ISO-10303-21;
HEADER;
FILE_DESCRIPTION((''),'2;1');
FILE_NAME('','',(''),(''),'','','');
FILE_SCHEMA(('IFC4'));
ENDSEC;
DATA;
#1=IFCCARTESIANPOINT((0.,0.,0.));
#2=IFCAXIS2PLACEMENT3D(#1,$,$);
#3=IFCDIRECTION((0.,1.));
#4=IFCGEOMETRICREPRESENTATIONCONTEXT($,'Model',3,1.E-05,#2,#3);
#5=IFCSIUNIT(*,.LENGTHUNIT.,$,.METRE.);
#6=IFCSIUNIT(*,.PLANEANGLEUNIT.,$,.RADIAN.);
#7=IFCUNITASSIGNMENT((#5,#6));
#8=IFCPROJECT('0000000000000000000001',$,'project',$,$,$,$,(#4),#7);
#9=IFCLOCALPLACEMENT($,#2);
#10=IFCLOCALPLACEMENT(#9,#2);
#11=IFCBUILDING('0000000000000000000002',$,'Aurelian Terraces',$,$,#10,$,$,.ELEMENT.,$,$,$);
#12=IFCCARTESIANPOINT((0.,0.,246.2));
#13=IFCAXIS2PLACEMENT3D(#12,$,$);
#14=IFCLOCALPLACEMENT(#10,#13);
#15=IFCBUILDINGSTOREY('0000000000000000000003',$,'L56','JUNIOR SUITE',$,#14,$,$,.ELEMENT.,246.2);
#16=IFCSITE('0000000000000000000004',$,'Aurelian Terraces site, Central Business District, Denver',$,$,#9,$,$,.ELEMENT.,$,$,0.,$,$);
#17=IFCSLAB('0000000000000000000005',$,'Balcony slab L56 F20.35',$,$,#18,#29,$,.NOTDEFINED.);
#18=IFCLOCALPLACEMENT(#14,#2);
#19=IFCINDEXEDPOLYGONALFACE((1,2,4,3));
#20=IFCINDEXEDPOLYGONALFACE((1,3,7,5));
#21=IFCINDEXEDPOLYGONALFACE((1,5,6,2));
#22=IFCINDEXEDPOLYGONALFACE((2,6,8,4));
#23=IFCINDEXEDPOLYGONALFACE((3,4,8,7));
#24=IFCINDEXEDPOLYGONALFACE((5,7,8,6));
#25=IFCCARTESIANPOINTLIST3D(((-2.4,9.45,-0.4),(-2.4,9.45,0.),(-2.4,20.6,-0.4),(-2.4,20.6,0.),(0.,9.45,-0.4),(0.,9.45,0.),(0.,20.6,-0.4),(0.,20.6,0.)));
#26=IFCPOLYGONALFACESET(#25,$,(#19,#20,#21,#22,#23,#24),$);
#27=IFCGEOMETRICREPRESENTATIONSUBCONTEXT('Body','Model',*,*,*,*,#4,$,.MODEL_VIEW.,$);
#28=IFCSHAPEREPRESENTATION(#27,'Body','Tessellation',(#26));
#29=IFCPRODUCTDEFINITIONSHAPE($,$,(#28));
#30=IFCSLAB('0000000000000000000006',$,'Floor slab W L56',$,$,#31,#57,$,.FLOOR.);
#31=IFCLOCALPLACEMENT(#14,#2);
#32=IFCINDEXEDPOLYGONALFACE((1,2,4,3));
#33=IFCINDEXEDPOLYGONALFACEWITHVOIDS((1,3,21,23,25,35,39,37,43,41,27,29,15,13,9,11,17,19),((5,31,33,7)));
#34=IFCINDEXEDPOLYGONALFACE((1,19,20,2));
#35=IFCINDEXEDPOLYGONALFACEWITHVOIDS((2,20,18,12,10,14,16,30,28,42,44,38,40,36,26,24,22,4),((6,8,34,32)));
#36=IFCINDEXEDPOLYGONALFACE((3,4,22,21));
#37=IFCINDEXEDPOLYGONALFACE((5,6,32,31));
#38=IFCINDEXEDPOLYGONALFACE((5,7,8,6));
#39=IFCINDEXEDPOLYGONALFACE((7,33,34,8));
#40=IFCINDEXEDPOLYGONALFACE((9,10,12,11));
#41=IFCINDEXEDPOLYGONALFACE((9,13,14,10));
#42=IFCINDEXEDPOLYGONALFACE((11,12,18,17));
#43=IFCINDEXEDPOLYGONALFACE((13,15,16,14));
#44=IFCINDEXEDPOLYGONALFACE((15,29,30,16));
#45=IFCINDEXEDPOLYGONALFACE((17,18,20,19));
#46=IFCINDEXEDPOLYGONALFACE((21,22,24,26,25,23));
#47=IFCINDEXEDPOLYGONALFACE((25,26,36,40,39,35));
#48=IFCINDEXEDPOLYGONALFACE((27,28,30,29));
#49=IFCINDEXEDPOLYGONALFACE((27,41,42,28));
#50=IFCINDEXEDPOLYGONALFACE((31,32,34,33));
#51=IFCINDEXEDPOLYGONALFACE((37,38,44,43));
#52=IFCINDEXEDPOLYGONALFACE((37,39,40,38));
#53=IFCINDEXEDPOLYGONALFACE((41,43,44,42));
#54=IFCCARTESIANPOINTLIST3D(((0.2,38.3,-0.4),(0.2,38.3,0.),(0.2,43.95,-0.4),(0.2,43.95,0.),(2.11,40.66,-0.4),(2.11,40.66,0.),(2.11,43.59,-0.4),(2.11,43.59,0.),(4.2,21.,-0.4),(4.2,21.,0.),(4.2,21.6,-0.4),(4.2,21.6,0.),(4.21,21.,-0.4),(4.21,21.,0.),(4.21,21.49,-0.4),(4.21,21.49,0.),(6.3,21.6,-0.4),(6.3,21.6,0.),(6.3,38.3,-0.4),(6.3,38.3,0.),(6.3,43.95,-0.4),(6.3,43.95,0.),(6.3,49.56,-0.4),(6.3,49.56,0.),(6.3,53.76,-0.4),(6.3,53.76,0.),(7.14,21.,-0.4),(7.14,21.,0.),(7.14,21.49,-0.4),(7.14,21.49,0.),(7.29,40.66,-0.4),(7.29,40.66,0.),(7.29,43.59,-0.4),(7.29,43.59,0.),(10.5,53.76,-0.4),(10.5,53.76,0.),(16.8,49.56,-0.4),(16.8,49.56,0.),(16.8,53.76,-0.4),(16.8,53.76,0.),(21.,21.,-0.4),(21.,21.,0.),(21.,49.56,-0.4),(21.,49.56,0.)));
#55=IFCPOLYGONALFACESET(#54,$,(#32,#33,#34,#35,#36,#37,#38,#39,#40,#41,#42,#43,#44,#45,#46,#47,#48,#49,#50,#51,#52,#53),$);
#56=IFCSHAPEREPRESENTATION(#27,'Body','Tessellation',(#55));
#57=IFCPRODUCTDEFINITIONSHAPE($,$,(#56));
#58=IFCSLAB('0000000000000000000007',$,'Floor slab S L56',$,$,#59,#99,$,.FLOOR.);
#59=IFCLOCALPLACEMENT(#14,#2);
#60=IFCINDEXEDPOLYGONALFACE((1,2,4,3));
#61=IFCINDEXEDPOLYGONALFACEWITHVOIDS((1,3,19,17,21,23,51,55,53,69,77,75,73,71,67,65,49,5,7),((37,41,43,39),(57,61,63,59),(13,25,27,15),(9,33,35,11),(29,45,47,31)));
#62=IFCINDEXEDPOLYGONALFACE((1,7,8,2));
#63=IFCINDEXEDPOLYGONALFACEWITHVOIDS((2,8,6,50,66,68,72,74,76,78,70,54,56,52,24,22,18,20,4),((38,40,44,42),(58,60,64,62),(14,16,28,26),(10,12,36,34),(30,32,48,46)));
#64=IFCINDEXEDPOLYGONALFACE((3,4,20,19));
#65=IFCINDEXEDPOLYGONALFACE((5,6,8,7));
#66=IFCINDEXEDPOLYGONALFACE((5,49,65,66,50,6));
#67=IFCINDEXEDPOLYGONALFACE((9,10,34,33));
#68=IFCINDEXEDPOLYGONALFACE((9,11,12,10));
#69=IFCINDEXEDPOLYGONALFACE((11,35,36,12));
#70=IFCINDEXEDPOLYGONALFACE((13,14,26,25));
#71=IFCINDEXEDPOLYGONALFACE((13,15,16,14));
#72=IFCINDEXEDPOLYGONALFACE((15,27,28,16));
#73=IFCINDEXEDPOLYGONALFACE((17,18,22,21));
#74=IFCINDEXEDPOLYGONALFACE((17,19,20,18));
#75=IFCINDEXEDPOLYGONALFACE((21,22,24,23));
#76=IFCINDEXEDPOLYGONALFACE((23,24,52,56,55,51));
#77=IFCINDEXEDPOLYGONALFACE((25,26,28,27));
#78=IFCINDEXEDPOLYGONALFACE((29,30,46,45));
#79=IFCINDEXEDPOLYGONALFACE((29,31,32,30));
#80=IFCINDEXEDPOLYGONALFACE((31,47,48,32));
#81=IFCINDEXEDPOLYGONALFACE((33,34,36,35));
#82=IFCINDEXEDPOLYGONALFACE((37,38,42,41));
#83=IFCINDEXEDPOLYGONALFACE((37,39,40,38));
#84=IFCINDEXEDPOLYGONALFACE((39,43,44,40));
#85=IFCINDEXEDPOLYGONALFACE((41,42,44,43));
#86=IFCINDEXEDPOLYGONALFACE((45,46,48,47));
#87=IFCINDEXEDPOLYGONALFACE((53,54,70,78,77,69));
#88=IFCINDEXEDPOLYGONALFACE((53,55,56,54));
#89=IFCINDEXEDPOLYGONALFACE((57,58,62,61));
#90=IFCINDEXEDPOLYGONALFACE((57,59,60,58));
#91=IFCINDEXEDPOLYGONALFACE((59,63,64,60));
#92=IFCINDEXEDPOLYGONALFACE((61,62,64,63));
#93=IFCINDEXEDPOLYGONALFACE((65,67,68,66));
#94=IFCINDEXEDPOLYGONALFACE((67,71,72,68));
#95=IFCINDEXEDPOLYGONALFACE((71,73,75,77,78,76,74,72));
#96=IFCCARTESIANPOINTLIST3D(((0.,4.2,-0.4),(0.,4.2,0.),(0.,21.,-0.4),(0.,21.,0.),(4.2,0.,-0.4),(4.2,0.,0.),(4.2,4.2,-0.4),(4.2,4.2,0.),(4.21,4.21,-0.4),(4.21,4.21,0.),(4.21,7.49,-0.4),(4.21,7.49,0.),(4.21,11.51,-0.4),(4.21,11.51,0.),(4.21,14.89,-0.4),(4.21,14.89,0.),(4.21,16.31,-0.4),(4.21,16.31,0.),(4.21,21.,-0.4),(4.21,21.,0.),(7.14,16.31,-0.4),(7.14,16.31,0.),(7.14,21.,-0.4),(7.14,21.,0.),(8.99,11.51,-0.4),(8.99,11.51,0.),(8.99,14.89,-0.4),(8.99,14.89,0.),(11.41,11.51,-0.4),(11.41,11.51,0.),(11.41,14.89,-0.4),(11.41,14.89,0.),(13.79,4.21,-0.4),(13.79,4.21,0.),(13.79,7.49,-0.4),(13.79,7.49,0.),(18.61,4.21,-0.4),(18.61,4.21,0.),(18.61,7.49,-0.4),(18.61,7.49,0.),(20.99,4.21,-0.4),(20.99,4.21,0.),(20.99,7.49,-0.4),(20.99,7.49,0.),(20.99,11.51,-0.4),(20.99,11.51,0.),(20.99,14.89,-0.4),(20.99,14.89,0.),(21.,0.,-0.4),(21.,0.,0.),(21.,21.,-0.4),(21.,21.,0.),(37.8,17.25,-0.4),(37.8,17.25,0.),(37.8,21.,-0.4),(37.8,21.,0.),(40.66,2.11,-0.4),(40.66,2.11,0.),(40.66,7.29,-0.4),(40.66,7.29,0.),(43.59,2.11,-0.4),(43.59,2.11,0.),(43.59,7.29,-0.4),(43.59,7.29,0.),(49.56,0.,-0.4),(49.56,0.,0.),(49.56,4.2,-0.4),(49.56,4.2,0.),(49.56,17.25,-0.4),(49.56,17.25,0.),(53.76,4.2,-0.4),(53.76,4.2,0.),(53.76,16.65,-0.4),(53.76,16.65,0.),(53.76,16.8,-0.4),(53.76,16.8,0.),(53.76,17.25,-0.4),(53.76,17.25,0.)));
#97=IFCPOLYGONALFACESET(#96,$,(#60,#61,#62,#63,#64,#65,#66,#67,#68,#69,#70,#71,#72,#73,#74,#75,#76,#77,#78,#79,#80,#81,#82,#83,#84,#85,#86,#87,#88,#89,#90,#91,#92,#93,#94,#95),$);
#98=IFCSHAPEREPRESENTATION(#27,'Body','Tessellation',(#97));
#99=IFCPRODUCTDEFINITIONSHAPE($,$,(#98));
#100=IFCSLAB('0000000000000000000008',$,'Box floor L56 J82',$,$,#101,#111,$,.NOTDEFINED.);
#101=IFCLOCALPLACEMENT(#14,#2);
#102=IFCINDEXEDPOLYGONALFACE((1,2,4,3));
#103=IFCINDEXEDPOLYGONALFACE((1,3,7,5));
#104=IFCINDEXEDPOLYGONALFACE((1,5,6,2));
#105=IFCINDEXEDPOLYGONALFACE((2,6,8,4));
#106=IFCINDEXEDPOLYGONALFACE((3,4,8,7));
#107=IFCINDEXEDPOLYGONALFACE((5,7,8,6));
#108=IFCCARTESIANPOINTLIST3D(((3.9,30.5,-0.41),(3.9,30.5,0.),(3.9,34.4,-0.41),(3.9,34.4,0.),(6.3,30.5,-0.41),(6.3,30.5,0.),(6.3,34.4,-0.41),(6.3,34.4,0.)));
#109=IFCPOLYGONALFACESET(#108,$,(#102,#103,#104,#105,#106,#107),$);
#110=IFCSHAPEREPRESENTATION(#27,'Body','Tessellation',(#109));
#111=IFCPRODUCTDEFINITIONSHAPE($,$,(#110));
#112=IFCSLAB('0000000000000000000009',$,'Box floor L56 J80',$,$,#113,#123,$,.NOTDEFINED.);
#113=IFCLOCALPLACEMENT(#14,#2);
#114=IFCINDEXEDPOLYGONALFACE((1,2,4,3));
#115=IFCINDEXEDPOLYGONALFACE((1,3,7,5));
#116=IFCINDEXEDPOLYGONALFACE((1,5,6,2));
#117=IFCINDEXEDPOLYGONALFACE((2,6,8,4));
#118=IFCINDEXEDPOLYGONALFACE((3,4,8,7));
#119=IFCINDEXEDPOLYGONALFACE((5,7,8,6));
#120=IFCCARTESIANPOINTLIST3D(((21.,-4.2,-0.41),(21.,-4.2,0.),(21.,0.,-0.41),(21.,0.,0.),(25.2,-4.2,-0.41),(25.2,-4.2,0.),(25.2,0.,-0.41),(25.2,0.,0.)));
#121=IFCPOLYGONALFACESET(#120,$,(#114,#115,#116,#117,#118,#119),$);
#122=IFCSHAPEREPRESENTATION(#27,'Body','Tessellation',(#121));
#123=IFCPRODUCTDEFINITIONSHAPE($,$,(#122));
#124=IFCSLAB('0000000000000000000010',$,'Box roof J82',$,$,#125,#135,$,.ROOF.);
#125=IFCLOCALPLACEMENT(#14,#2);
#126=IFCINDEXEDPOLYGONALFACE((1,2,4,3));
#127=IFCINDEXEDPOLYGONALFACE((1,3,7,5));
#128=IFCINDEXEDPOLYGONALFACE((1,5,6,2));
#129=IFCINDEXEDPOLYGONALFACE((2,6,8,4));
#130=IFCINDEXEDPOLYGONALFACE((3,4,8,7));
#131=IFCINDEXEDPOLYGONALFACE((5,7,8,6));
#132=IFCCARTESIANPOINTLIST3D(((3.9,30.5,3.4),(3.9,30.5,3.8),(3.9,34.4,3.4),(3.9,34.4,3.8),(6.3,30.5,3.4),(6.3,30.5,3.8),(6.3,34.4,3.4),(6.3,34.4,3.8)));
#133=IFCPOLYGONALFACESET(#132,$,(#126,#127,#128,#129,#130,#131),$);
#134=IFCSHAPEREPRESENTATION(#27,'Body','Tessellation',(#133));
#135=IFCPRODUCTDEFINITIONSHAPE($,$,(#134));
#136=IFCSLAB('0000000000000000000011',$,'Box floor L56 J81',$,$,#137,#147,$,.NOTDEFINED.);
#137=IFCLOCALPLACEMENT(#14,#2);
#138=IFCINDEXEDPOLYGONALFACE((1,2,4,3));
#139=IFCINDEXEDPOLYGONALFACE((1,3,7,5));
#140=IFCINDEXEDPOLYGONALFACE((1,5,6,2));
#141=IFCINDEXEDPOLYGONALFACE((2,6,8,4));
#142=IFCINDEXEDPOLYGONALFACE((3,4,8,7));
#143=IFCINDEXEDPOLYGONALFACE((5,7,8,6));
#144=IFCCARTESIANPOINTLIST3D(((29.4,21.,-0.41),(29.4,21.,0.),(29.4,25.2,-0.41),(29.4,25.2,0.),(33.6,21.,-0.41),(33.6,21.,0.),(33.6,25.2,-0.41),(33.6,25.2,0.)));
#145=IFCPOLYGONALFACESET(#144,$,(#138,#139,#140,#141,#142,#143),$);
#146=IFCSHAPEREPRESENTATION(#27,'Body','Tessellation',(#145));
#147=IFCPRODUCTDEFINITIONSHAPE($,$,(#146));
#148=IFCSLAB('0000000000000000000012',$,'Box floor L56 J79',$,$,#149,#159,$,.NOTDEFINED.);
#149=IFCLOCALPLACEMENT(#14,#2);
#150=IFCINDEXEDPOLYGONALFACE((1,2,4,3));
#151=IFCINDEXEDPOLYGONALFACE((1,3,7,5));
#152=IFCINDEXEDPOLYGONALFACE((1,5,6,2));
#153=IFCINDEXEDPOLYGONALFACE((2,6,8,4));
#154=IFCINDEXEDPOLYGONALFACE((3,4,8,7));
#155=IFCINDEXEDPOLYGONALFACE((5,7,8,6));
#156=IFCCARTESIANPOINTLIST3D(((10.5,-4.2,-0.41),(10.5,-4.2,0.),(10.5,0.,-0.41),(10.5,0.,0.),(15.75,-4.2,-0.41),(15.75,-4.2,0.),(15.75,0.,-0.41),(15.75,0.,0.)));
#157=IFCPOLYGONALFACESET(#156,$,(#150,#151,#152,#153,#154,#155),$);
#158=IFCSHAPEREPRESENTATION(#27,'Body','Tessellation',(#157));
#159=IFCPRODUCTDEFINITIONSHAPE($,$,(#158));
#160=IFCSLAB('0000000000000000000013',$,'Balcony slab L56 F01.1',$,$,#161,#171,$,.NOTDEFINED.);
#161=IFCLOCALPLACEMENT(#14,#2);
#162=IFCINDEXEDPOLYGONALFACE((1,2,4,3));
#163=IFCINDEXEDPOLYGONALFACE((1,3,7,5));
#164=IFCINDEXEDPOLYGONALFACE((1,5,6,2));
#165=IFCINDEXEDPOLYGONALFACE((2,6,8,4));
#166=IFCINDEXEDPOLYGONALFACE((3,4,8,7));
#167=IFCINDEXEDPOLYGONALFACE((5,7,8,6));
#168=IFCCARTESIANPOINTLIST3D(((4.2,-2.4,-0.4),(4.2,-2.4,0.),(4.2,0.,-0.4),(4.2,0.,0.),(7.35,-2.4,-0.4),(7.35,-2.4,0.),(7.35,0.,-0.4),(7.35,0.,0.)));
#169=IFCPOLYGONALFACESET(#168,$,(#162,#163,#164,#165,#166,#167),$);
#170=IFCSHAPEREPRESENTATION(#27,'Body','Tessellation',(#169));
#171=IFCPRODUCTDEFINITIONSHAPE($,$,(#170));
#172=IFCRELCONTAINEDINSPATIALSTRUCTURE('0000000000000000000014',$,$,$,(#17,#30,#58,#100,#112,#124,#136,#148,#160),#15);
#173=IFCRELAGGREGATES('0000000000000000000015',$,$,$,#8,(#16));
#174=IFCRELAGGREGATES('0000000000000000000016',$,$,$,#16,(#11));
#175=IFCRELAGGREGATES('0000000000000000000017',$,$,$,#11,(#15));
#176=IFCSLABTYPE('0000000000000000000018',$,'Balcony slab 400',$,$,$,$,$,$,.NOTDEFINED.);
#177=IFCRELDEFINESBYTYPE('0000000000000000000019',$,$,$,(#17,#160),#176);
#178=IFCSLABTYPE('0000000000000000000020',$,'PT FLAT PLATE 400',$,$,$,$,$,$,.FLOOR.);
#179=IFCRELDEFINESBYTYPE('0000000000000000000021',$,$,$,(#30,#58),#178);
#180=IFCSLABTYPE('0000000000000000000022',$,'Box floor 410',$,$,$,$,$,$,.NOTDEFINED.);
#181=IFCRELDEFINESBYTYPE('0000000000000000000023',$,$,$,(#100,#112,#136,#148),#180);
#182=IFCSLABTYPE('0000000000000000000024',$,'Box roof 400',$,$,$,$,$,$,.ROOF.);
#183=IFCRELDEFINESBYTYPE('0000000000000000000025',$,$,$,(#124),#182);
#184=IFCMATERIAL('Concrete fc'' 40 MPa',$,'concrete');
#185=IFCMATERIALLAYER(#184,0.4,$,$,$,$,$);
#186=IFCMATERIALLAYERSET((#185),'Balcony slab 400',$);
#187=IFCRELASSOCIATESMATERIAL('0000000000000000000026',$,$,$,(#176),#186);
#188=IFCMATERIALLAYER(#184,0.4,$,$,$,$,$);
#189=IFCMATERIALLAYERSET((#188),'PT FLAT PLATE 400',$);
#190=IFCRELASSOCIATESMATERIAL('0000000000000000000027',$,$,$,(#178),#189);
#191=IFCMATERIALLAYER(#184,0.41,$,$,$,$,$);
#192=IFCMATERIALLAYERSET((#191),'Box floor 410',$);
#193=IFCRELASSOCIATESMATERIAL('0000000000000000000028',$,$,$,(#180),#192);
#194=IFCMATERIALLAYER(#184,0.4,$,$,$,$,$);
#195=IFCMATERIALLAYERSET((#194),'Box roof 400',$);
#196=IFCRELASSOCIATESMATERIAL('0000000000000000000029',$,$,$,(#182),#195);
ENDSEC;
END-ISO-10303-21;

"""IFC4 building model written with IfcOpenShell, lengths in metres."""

from ifc_helpers import new_model, si_unit, direction, frame, origin, place, context, subcontext, project, spatial, polyline, outline, extrude, source, transform, mapped, material, layer, layer_set, type_object, element, save


model = new_model("IFC4")

# Units and contexts
model_context = context("Model", 3, precision=1e-05, world=origin(), true_north=direction((0.0, 1.0)))
body_context = subcontext(model_context, "Body", "Model", "MODEL_VIEW")
ifc_project = project(units=[si_unit("LENGTHUNIT", "METRE"), si_unit("PLANEANGLEUNIT", "RADIAN")], contexts=[model_context])

# Site, building, storey
site_placement = place(None, origin())
site = spatial("IfcSite", under=ifc_project, at=site_placement, Name="Aurelian Terraces site, Central Business District, Denver", CompositionType="ELEMENT", RefElevation=0.0)
building_placement = place(site_placement, origin())
building = spatial("IfcBuilding", under=site, at=building_placement, Name="Aurelian Terraces", CompositionType="ELEMENT")
storey_placement = place(building_placement, frame((0.0, 0.0, 246.2)))
storey = spatial("IfcBuildingStorey", under=building, at=storey_placement, Name="L56", Description="JUNIOR SUITE", CompositionType="ELEMENT", Elevation=246.2)

# Slabs
ifc_material_1 = material(Name="Concrete fc' 40 MPa", Category="concrete")
ifc_layer_1 = layer(ifc_material_1, 0.4)
ifc_layer_set_1 = layer_set([ifc_layer_1], Name="Balcony slab 400")
slab_type_1 = type_object("IfcSlabType", Name="Balcony slab 400", PredefinedType="NOTDEFINED", material=ifc_layer_set_1)
slab_1_placement = place(storey_placement, frame((0.0, 0.0, -0.4)))
element("IfcSlab", 1, at=slab_1_placement, inside=storey, type_object=slab_type_1, Name="Balcony slab L56 F20.35", PredefinedType="NOTDEFINED", context=body_context, shape_type="SweptSolid", body=[
    extrude(outline(polyline([(0.0, 20.6), (0.0, 9.45), (-2.4, 9.45), (-2.4, 20.6), (0.0, 20.6)])), origin(), (0.0, 0.0, 1.0), 0.4),
])
ifc_layer_2 = layer(ifc_material_1, 0.4)
ifc_layer_set_2 = layer_set([ifc_layer_2], Name="PT FLAT PLATE 400")
slab_type_2 = type_object("IfcSlabType", Name="PT FLAT PLATE 400", PredefinedType="FLOOR", material=ifc_layer_set_2)
shared_shape_1 = source(origin(), body_context, "Body", "SweptSolid", [
    extrude(outline(polyline([(0.2, 43.95), (6.3, 43.95), (6.3, 49.56), (6.3, 53.76), (10.5, 53.76), (16.8, 53.76), (16.8, 49.56), (21.0, 49.56), (21.0, 21.0), (7.14, 21.0), (7.14, 21.49), (4.21, 21.49), (4.21, 21.0), (4.2, 21.0), (4.2, 21.6), (6.3, 21.6), (6.3, 38.3), (0.2, 38.3), (0.2, 43.95)]), holes=[polyline([(7.29, 43.59), (2.11, 43.59), (2.11, 40.66), (7.29, 40.66), (7.29, 43.59)])]), origin(), (0.0, 0.0, 1.0), 0.4),
])
slab_2_placement = place(storey_placement, frame((0.0, 0.0, -0.4)))
element("IfcSlab", 2, at=slab_2_placement, inside=storey, type_object=slab_type_2, Name="Floor slab W L56", PredefinedType="FLOOR", context=body_context, shape_type="MappedRepresentation", body=[
    mapped(shared_shape_1, transform((0.0, 0.0, 0.0), scale=1.0)),
])
shared_shape_2 = source(origin(), body_context, "Body", "SweptSolid", [
    extrude(outline(polyline([(53.76, 4.2), (49.56, 4.2), (49.56, 0.0), (21.0, 0.0), (4.2, 0.0), (4.2, 4.2), (0.0, 4.2), (0.0, 21.0), (4.21, 21.0), (4.21, 16.31), (7.14, 16.31), (7.14, 21.0), (21.0, 21.0), (37.8, 21.0), (37.8, 17.25), (49.56, 17.25), (53.76, 17.25), (53.76, 16.8), (53.76, 16.65), (53.76, 4.2)]), holes=[polyline([(40.66, 2.11), (43.59, 2.11), (43.59, 7.29), (40.66, 7.29), (40.66, 2.11)]), polyline([(18.61, 7.49), (18.61, 4.21), (20.99, 4.21), (20.99, 7.49), (18.61, 7.49)]), polyline([(20.99, 14.89), (11.41, 14.89), (11.41, 11.51), (20.99, 11.51), (20.99, 14.89)]), polyline([(4.21, 7.49), (4.21, 4.21), (13.79, 4.21), (13.79, 7.49), (4.21, 7.49)]), polyline([(4.21, 14.89), (4.21, 11.51), (8.99, 11.51), (8.99, 14.89), (4.21, 14.89)])]), origin(), (0.0, 0.0, 1.0), 0.4),
])
slab_3_placement = place(storey_placement, frame((0.0, 0.0, -0.4)))
element("IfcSlab", 3, at=slab_3_placement, inside=storey, type_object=slab_type_2, Name="Floor slab S L56", PredefinedType="FLOOR", context=body_context, shape_type="MappedRepresentation", body=[
    mapped(shared_shape_2, transform((0.0, 0.0, 0.0), scale=1.0)),
])
ifc_layer_3 = layer(ifc_material_1, 0.41)
ifc_layer_set_3 = layer_set([ifc_layer_3], Name="Box floor 410")
slab_type_3 = type_object("IfcSlabType", Name="Box floor 410", PredefinedType="NOTDEFINED", material=ifc_layer_set_3)
shared_shape_3 = source(origin(), body_context, "Body", "SweptSolid", [
    extrude(outline(polyline([(3.9, 34.4), (3.9, 30.5), (6.3, 30.5), (6.3, 34.4), (3.9, 34.4)])), origin(), (0.0, 0.0, 1.0), 0.41),
])
slab_4_placement = place(storey_placement, frame((0.0, 0.0, -0.41)))
element("IfcSlab", 4, at=slab_4_placement, inside=storey, type_object=slab_type_3, Name="Box floor L56 J82", PredefinedType="NOTDEFINED", context=body_context, shape_type="MappedRepresentation", body=[
    mapped(shared_shape_3, transform((0.0, 0.0, 0.0), scale=1.0)),
])
shared_shape_4 = source(origin(), body_context, "Body", "SweptSolid", [
    extrude(outline(polyline([(21.0, -4.2), (25.2, -4.2), (25.2, 0.0), (21.0, 0.0), (21.0, -4.2)])), origin(), (0.0, 0.0, 1.0), 0.41),
])
slab_5_placement = place(storey_placement, frame((0.0, 0.0, -0.41)))
element("IfcSlab", 5, at=slab_5_placement, inside=storey, type_object=slab_type_3, Name="Box floor L56 J80", PredefinedType="NOTDEFINED", context=body_context, shape_type="MappedRepresentation", body=[
    mapped(shared_shape_4, transform((0.0, 0.0, 0.0), scale=1.0)),
])
ifc_layer_4 = layer(ifc_material_1, 0.4)
ifc_layer_set_4 = layer_set([ifc_layer_4], Name="Box roof 400")
slab_type_4 = type_object("IfcSlabType", Name="Box roof 400", PredefinedType="ROOF", material=ifc_layer_set_4)
shared_shape_5 = source(origin(), body_context, "Body", "SweptSolid", [
    extrude(outline(polyline([(3.9, 34.4), (3.9, 30.5), (6.3, 30.5), (6.3, 34.4), (3.9, 34.4)])), origin(), (0.0, 0.0, 1.0), 0.4),
])
slab_6_placement = place(storey_placement, frame((0.0, 0.0, 3.4)))
element("IfcSlab", 6, at=slab_6_placement, inside=storey, type_object=slab_type_4, Name="Box roof J82", PredefinedType="ROOF", context=body_context, shape_type="MappedRepresentation", body=[
    mapped(shared_shape_5, transform((0.0, 0.0, 0.0), scale=1.0)),
])
shared_shape_6 = source(origin(), body_context, "Body", "SweptSolid", [
    extrude(outline(polyline([(33.6, 25.2), (29.4, 25.2), (29.4, 21.0), (33.6, 21.0), (33.6, 25.2)])), origin(), (0.0, 0.0, 1.0), 0.41),
])
slab_7_placement = place(storey_placement, frame((0.0, 0.0, -0.41)))
element("IfcSlab", 7, at=slab_7_placement, inside=storey, type_object=slab_type_3, Name="Box floor L56 J81", PredefinedType="NOTDEFINED", context=body_context, shape_type="MappedRepresentation", body=[
    mapped(shared_shape_6, transform((0.0, 0.0, 0.0), scale=1.0)),
])
shared_shape_7 = source(origin(), body_context, "Body", "SweptSolid", [
    extrude(outline(polyline([(10.5, -4.2), (15.75, -4.2), (15.75, 0.0), (10.5, 0.0), (10.5, -4.2)])), origin(), (0.0, 0.0, 1.0), 0.41),
])
slab_8_placement = place(storey_placement, frame((0.0, 0.0, -0.41)))
element("IfcSlab", 8, at=slab_8_placement, inside=storey, type_object=slab_type_3, Name="Box floor L56 J79", PredefinedType="NOTDEFINED", context=body_context, shape_type="MappedRepresentation", body=[
    mapped(shared_shape_7, transform((0.0, 0.0, 0.0), scale=1.0)),
])
shared_shape_8 = source(origin(), body_context, "Body", "SweptSolid", [
    extrude(outline(polyline([(4.2, 0.0), (7.35, 0.0), (7.35, -2.4), (4.2, -2.4), (4.2, 0.0)])), origin(), (0.0, 0.0, 1.0), 0.4),
])
slab_9_placement = place(storey_placement, frame((0.0, 0.0, -0.4)))
element("IfcSlab", 9, at=slab_9_placement, inside=storey, type_object=slab_type_1, Name="Balcony slab L56 F01.1", PredefinedType="NOTDEFINED", context=body_context, shape_type="MappedRepresentation", body=[
    mapped(shared_shape_8, transform((0.0, 0.0, 0.0), scale=1.0)),
])

save(model, "model.ifc")
